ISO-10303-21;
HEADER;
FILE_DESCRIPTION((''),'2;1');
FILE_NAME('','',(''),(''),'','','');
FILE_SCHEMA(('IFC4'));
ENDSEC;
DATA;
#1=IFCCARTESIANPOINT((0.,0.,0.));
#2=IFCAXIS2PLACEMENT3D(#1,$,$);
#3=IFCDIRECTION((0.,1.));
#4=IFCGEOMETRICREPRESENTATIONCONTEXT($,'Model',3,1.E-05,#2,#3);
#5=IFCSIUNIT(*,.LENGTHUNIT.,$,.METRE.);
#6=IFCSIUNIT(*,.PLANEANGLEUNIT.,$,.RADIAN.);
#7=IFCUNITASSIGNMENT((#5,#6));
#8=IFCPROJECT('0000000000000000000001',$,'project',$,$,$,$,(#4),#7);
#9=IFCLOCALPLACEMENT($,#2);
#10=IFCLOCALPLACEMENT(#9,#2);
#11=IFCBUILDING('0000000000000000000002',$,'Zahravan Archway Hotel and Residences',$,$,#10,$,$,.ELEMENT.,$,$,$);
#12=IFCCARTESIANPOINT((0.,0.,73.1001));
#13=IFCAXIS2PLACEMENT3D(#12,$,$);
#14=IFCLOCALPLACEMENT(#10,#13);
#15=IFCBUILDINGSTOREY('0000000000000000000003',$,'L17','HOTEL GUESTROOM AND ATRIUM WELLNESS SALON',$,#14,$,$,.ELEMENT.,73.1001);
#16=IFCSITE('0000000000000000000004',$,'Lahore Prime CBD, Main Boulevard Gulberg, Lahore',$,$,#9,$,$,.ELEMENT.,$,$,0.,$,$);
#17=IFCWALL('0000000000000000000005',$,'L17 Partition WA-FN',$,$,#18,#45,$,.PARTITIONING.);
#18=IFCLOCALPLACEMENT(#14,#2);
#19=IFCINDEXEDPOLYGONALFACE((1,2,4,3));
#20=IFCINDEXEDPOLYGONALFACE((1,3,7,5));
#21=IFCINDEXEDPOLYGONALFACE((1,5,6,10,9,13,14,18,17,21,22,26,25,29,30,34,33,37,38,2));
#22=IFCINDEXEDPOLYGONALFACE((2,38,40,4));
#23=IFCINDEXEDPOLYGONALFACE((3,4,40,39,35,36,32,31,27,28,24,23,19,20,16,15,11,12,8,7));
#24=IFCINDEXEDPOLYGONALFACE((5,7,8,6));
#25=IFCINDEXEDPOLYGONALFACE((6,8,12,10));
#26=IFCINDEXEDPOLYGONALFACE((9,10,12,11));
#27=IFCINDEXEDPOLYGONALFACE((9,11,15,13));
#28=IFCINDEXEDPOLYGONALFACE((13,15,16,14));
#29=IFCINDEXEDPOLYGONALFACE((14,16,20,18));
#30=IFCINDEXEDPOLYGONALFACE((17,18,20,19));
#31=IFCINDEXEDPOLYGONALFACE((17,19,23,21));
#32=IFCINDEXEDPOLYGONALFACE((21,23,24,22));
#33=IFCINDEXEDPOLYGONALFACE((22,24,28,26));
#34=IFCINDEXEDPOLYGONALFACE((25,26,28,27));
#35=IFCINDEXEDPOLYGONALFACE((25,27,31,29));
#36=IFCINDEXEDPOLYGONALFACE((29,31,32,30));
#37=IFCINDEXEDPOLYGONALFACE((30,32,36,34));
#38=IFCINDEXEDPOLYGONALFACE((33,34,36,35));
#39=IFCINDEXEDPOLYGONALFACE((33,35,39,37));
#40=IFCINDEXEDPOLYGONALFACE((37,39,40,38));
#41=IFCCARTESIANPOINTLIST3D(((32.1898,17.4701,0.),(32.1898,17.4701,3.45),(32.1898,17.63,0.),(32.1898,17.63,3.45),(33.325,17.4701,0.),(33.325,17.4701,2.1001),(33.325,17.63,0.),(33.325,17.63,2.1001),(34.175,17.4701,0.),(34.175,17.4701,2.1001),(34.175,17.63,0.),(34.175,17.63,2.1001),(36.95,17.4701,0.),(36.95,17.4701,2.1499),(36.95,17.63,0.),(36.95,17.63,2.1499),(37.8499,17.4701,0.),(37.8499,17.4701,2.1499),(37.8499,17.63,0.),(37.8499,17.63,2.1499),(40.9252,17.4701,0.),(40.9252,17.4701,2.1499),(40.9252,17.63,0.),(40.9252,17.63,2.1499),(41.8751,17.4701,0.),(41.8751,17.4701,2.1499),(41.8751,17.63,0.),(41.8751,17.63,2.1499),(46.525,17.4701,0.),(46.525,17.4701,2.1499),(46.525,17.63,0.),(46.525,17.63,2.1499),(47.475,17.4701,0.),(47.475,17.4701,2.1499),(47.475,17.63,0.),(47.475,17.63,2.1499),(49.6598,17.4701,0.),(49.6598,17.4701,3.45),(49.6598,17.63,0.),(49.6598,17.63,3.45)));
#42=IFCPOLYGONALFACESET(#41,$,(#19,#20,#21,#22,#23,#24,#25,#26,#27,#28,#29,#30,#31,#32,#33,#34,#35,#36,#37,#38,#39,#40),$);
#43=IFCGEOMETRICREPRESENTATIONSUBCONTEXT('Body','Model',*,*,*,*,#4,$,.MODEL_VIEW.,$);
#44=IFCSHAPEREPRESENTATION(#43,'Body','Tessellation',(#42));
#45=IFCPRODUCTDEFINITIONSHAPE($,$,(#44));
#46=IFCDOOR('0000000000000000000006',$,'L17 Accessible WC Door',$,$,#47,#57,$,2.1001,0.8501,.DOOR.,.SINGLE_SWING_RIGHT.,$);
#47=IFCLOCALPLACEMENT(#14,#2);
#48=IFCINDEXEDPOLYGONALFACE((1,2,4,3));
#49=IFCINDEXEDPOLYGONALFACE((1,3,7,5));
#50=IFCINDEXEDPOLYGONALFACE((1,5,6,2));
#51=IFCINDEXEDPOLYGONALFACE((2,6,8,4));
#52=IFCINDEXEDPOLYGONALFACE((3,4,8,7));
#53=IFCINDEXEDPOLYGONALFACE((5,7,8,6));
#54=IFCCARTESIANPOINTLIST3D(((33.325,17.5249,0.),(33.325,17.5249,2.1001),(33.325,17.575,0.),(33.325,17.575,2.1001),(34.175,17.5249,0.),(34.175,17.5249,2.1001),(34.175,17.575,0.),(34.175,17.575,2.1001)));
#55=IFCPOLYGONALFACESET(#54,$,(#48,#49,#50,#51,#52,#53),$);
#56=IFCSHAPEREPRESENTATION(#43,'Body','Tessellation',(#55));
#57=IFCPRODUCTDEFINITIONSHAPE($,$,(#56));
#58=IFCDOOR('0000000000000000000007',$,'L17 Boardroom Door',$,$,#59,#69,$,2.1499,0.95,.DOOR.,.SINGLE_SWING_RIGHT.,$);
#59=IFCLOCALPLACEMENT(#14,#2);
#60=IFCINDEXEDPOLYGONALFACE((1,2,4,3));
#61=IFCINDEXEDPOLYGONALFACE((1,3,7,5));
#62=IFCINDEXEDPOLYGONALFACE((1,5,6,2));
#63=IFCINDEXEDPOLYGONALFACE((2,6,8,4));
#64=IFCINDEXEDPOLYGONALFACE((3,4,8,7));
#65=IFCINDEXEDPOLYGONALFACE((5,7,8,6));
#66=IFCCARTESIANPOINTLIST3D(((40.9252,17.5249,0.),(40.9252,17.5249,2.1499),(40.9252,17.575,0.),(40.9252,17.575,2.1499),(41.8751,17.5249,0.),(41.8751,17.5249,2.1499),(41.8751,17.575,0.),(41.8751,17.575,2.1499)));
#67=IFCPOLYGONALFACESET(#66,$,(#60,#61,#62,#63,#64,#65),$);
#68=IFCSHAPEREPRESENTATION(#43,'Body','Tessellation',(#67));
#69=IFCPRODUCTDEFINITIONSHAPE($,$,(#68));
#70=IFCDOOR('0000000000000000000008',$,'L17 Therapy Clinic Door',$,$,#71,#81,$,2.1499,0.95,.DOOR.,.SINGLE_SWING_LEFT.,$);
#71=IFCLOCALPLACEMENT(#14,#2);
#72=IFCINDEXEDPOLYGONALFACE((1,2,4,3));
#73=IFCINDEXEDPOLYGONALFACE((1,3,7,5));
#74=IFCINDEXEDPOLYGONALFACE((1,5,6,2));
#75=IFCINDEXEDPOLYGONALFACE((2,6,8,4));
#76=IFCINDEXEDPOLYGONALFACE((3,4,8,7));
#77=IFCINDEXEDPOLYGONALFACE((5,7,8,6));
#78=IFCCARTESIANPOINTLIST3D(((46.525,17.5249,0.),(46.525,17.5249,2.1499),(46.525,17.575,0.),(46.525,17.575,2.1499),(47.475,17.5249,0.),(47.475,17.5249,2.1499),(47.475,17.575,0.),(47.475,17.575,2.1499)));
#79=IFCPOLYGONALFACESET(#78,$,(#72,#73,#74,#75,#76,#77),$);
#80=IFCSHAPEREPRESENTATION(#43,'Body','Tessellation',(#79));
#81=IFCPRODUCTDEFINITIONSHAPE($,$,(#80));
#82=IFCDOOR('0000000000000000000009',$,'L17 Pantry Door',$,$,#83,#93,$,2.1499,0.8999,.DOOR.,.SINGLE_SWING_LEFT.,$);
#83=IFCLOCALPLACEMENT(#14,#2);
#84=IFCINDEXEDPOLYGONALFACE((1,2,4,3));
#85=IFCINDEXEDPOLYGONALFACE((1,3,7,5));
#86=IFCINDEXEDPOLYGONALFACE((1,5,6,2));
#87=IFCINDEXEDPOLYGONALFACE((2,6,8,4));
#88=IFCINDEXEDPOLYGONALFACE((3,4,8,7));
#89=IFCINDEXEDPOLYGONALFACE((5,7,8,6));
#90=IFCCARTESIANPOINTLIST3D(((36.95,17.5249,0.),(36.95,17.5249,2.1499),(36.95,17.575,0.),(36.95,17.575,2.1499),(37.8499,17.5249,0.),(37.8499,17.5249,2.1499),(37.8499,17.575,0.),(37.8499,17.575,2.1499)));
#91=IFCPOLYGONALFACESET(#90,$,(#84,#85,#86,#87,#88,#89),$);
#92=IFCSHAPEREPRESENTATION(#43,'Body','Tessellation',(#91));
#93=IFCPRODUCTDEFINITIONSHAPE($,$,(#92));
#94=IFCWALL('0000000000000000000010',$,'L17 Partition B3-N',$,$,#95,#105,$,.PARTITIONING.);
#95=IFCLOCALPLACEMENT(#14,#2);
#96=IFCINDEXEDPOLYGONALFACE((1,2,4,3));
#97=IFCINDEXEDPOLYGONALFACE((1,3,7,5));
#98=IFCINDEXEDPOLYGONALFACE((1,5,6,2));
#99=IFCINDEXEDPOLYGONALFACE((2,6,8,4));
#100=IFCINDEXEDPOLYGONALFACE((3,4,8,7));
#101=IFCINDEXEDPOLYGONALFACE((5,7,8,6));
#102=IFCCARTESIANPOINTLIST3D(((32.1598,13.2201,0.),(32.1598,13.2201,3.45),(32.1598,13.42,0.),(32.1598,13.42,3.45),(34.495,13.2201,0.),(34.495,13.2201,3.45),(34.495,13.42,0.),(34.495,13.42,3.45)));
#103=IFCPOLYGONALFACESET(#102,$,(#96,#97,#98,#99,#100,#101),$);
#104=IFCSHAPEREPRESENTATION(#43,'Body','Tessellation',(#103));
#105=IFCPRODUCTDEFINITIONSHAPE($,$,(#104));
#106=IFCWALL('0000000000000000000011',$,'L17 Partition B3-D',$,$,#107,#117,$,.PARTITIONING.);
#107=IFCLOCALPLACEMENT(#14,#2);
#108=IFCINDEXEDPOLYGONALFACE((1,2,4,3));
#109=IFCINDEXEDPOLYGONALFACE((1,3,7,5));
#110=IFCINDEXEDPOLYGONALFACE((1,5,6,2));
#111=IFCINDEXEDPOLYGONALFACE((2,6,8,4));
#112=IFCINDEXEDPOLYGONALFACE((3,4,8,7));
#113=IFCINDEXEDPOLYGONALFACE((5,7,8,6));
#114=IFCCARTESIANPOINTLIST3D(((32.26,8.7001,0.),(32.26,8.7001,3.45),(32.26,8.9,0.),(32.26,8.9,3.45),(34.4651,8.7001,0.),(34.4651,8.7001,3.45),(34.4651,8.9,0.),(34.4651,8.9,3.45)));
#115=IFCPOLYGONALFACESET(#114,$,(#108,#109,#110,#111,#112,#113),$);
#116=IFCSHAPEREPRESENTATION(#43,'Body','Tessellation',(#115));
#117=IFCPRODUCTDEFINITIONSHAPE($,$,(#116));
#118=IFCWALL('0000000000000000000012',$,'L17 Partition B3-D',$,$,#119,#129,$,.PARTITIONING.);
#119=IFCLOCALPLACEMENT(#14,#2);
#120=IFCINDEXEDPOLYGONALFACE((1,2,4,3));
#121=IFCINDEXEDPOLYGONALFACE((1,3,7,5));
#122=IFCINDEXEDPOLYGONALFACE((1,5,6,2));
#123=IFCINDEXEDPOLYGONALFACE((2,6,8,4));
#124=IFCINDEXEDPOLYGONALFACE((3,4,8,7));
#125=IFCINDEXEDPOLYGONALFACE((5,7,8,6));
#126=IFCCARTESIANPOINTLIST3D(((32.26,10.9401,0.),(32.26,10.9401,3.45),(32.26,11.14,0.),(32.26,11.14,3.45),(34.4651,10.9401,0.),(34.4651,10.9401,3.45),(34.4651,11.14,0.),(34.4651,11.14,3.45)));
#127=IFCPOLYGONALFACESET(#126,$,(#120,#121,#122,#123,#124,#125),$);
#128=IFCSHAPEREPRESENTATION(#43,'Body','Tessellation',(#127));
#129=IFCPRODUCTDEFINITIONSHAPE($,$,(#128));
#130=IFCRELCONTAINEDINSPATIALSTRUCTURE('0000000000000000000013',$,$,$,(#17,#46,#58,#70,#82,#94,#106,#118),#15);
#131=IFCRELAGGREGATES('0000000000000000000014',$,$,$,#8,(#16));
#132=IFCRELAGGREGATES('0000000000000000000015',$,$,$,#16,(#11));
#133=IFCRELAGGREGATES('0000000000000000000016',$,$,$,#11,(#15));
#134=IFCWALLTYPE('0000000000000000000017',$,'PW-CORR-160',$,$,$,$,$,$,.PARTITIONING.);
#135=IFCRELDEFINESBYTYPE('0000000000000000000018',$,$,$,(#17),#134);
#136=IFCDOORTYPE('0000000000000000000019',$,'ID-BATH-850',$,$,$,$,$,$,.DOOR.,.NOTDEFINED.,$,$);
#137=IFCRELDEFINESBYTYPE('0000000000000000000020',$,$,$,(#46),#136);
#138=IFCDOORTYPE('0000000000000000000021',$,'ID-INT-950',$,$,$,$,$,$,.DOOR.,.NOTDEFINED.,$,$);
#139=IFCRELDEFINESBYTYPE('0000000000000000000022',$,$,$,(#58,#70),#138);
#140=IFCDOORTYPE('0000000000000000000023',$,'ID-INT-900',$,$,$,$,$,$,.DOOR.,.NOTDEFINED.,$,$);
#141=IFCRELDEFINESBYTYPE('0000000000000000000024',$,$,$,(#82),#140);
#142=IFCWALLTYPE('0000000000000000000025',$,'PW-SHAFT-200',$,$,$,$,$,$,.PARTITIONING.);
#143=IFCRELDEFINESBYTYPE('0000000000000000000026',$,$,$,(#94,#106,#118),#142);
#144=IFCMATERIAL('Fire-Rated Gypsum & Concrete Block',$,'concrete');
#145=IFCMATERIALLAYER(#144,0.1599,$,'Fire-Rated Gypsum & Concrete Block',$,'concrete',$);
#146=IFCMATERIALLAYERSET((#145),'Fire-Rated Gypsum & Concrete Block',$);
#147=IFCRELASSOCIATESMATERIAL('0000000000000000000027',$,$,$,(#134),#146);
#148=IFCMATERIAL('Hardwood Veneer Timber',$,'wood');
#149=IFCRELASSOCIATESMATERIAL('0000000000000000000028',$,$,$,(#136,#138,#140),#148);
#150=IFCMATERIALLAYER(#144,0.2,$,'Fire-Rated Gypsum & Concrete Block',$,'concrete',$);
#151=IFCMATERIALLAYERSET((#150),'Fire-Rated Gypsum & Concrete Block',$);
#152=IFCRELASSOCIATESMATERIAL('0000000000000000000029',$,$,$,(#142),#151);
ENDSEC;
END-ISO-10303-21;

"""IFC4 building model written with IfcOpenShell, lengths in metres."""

from ifc_helpers import new_model, si_unit, direction, frame, frame_2d, origin, place, context, subcontext, project, spatial, rectangle, extrude, source, transform, mapped, material, layer, layer_set, type_object, type_shapes, element, fill, save


model = new_model("IFC4")

# Units and contexts
model_context = context("Model", 3, precision=1e-05, world=origin(), true_north=direction((0.0, 1.0)))
body_context = subcontext(model_context, "Body", "Model", "MODEL_VIEW")
ifc_project = project(units=[si_unit("LENGTHUNIT", "METRE"), si_unit("PLANEANGLEUNIT", "RADIAN")], contexts=[model_context])

# Site, building, storey
site_placement = place(None, origin())
site = spatial("IfcSite", under=ifc_project, at=site_placement, Name="Lahore Prime CBD, Main Boulevard Gulberg, Lahore", CompositionType="ELEMENT", RefElevation=0.0)
building_placement = place(site_placement, origin())
building = spatial("IfcBuilding", under=site, at=building_placement, Name="Zahravan Archway Hotel and Residences", CompositionType="ELEMENT")
storey_placement = place(building_placement, frame((0.0, 0.0, 73.1001)))
storey = spatial("IfcBuildingStorey", under=building, at=storey_placement, Name="L17", Description="HOTEL GUESTROOM AND ATRIUM WELLNESS SALON", CompositionType="ELEMENT", Elevation=73.1001)

# Shared definitions
ifc_material_1 = material(Name="Fire-Rated Gypsum & Concrete Block", Category="concrete")
ifc_layer_1 = layer(ifc_material_1, 0.1599, Name="Fire-Rated Gypsum & Concrete Block", Category="concrete")
ifc_layer_set_1 = layer_set([ifc_layer_1], Name="Fire-Rated Gypsum & Concrete Block")
wall_type_1 = type_object("IfcWallType", Name="PW-CORR-160", PredefinedType="PARTITIONING", material=ifc_layer_set_1)

# Wall, openings, doors
wall_1_placement = place(storey_placement, frame((32.1899, 17.55, 0.0), z_axis=(0.0, 0.0, 1.0), x_axis=(1.0, 0.0, 0.0)))
wall_1 = element("IfcWall", 1, at=wall_1_placement, inside=storey, type_object=wall_type_1, Name="L17 Partition WA-FN", PredefinedType="PARTITIONING", context=body_context, shape_type="SweptSolid", body=[
    extrude(rectangle(XDim=17.47, YDim=0.1599, at=frame_2d((8.7349, 0.0))), origin(), (0.0, 0.0, 1.0), 3.45),
])
opening_1_placement = place(wall_1_placement, frame((1.135, 0.0, 0.0)))
opening_1 = element("IfcOpeningElement", 2, at=opening_1_placement, cuts=wall_1, PredefinedType="OPENING", context=body_context, shape_type="SweptSolid", body=[
    extrude(rectangle(XDim=0.8501, YDim=2.1001, at=frame_2d((0.425, 1.05))), frame((0.0, 0.0898, 0.0), z_axis=(0.0, -1.0, 0.0), x_axis=(1.0, 0.0, 0.0)), (0.0, 0.0, 1.0), 0.1799),
])
opening_2_placement = place(wall_1_placement, frame((4.76, 0.0, 0.0)))
opening_2 = element("IfcOpeningElement", 3, at=opening_2_placement, cuts=wall_1, PredefinedType="OPENING", context=body_context, shape_type="SweptSolid", body=[
    extrude(rectangle(XDim=0.8999, YDim=2.1499, at=frame_2d((0.45, 1.075))), frame((0.0, 0.0898, 0.0), z_axis=(0.0, -1.0, 0.0), x_axis=(1.0, 0.0, 0.0)), (0.0, 0.0, 1.0), 0.1799),
])
opening_3_placement = place(wall_1_placement, frame((8.7351, 0.0, 0.0)))
opening_3 = element("IfcOpeningElement", 4, at=opening_3_placement, cuts=wall_1, PredefinedType="OPENING", context=body_context, shape_type="SweptSolid", body=[
    extrude(rectangle(XDim=0.95, YDim=2.1499, at=frame_2d((0.4751, 1.075))), frame((0.0, 0.0898, 0.0), z_axis=(0.0, -1.0, 0.0), x_axis=(1.0, 0.0, 0.0)), (0.0, 0.0, 1.0), 0.1799),
])
opening_4_placement = place(wall_1_placement, frame((14.335, 0.0, 0.0)))
opening_4 = element("IfcOpeningElement", 5, at=opening_4_placement, cuts=wall_1, PredefinedType="OPENING", context=body_context, shape_type="SweptSolid", body=[
    extrude(rectangle(XDim=0.95, YDim=2.1499, at=frame_2d((0.4751, 1.075))), frame((0.0, 0.0898, 0.0), z_axis=(0.0, -1.0, 0.0), x_axis=(1.0, 0.0, 0.0)), (0.0, 0.0, 1.0), 0.1799),
])
ifc_material_2 = material(Name="Hardwood Veneer Timber", Category="wood")
door_type_1 = type_object("IfcDoorType", Name="ID-BATH-850", OperationType="NOTDEFINED", PredefinedType="DOOR", material=ifc_material_2)
shared_shape_1 = source(origin(), body_context, "Body", "SweptSolid", [
    extrude(rectangle(XDim=0.8501, YDim=2.1001, at=frame_2d((0.425, 1.05))), frame((0.0, 0.0249, 0.0), z_axis=(0.0, -1.0, 0.0), x_axis=(1.0, 0.0, 0.0)), (0.0, 0.0, 1.0), 0.05),
])
type_shapes(door_type_1, [shared_shape_1])
door_1_placement = place(opening_1_placement, origin())
door_1 = element("IfcDoor", 6, at=door_1_placement, inside=storey, type_object=door_type_1, Name="L17 Accessible WC Door", OperationType="SINGLE_SWING_RIGHT", OverallHeight=2.1001, OverallWidth=0.8501, PredefinedType="DOOR", context=body_context, shape_type="MappedRepresentation", body=[
    mapped(shared_shape_1, transform((0.0, 0.0, 0.0), scale=1.0)),
])
fill(opening_1, door_1)
door_type_2 = type_object("IfcDoorType", Name="ID-INT-950", OperationType="NOTDEFINED", PredefinedType="DOOR", material=ifc_material_2)
shared_shape_2 = source(origin(), body_context, "Body", "SweptSolid", [
    extrude(rectangle(XDim=0.95, YDim=2.1499, at=frame_2d((0.4751, 1.075))), frame((0.0, 0.0249, 0.0), z_axis=(0.0, -1.0, 0.0), x_axis=(1.0, 0.0, 0.0)), (0.0, 0.0, 1.0), 0.05),
])
type_shapes(door_type_2, [shared_shape_2])
door_2_placement = place(opening_3_placement, origin())
door_2 = element("IfcDoor", 7, at=door_2_placement, inside=storey, type_object=door_type_2, Name="L17 Boardroom Door", OperationType="SINGLE_SWING_RIGHT", OverallHeight=2.1499, OverallWidth=0.95, PredefinedType="DOOR", context=body_context, shape_type="MappedRepresentation", body=[
    mapped(shared_shape_2, transform((0.0, 0.0, 0.0), scale=1.0)),
])
fill(opening_3, door_2)
door_3_placement = place(opening_4_placement, origin())
door_3 = element("IfcDoor", 8, at=door_3_placement, inside=storey, type_object=door_type_2, Name="L17 Therapy Clinic Door", OperationType="SINGLE_SWING_LEFT", OverallHeight=2.1499, OverallWidth=0.95, PredefinedType="DOOR", context=body_context, shape_type="MappedRepresentation", body=[
    mapped(shared_shape_2, transform((0.0, 0.0, 0.0), scale=1.0)),
])
fill(opening_4, door_3)
door_type_3 = type_object("IfcDoorType", Name="ID-INT-900", OperationType="NOTDEFINED", PredefinedType="DOOR", material=ifc_material_2)
shared_shape_3 = source(origin(), body_context, "Body", "SweptSolid", [
    extrude(rectangle(XDim=0.8999, YDim=2.1499, at=frame_2d((0.45, 1.075))), frame((0.0, 0.0249, 0.0), z_axis=(0.0, -1.0, 0.0), x_axis=(1.0, 0.0, 0.0)), (0.0, 0.0, 1.0), 0.05),
])
type_shapes(door_type_3, [shared_shape_3])
door_4_placement = place(opening_2_placement, origin())
door_4 = element("IfcDoor", 9, at=door_4_placement, inside=storey, type_object=door_type_3, Name="L17 Pantry Door", OperationType="SINGLE_SWING_LEFT", OverallHeight=2.1499, OverallWidth=0.8999, PredefinedType="DOOR", context=body_context, shape_type="MappedRepresentation", body=[
    mapped(shared_shape_3, transform((0.0, 0.0, 0.0), scale=1.0)),
])
fill(opening_2, door_4)

# Walls
ifc_layer_2 = layer(ifc_material_1, 0.2, Name="Fire-Rated Gypsum & Concrete Block", Category="concrete")
ifc_layer_set_2 = layer_set([ifc_layer_2], Name="Fire-Rated Gypsum & Concrete Block")
wall_type_2 = type_object("IfcWallType", Name="PW-SHAFT-200", PredefinedType="PARTITIONING", material=ifc_layer_set_2)
wall_2_placement = place(storey_placement, frame((32.1599, 13.3201, 0.0), z_axis=(0.0, 0.0, 1.0), x_axis=(1.0, 0.0, 0.0)))
element("IfcWall", 10, at=wall_2_placement, inside=storey, type_object=wall_type_2, Name="L17 Partition B3-N", PredefinedType="PARTITIONING", context=body_context, shape_type="SweptSolid", body=[
    extrude(rectangle(XDim=2.3352, YDim=0.2, at=frame_2d((1.1675, 0.0))), origin(), (0.0, 0.0, 1.0), 3.45),
])
for number, where, z_axis, x_axis, name in (
    (11, (32.26, 8.8, 0.0), (0.0, 0.0, 1.0), (1.0, 0.0, 0.0), "L17 Partition B3-D"),
    (12, (32.26, 11.04, 0.0), (0.0, 0.0, 1.0), (1.0, 0.0, 0.0), "L17 Partition B3-D"),
):
    element("IfcWall", number, at=place(storey_placement, frame(where, z_axis=z_axis, x_axis=x_axis)), inside=storey, type_object=wall_type_2, Name=name, PredefinedType="PARTITIONING", context=body_context, shape_type="SweptSolid", body=[
        extrude(rectangle(XDim=2.2051, YDim=0.2, at=frame_2d((1.1025, 0.0))), origin(), (0.0, 0.0, 1.0), 3.45),
    ])

save(model, "model.ifc")
